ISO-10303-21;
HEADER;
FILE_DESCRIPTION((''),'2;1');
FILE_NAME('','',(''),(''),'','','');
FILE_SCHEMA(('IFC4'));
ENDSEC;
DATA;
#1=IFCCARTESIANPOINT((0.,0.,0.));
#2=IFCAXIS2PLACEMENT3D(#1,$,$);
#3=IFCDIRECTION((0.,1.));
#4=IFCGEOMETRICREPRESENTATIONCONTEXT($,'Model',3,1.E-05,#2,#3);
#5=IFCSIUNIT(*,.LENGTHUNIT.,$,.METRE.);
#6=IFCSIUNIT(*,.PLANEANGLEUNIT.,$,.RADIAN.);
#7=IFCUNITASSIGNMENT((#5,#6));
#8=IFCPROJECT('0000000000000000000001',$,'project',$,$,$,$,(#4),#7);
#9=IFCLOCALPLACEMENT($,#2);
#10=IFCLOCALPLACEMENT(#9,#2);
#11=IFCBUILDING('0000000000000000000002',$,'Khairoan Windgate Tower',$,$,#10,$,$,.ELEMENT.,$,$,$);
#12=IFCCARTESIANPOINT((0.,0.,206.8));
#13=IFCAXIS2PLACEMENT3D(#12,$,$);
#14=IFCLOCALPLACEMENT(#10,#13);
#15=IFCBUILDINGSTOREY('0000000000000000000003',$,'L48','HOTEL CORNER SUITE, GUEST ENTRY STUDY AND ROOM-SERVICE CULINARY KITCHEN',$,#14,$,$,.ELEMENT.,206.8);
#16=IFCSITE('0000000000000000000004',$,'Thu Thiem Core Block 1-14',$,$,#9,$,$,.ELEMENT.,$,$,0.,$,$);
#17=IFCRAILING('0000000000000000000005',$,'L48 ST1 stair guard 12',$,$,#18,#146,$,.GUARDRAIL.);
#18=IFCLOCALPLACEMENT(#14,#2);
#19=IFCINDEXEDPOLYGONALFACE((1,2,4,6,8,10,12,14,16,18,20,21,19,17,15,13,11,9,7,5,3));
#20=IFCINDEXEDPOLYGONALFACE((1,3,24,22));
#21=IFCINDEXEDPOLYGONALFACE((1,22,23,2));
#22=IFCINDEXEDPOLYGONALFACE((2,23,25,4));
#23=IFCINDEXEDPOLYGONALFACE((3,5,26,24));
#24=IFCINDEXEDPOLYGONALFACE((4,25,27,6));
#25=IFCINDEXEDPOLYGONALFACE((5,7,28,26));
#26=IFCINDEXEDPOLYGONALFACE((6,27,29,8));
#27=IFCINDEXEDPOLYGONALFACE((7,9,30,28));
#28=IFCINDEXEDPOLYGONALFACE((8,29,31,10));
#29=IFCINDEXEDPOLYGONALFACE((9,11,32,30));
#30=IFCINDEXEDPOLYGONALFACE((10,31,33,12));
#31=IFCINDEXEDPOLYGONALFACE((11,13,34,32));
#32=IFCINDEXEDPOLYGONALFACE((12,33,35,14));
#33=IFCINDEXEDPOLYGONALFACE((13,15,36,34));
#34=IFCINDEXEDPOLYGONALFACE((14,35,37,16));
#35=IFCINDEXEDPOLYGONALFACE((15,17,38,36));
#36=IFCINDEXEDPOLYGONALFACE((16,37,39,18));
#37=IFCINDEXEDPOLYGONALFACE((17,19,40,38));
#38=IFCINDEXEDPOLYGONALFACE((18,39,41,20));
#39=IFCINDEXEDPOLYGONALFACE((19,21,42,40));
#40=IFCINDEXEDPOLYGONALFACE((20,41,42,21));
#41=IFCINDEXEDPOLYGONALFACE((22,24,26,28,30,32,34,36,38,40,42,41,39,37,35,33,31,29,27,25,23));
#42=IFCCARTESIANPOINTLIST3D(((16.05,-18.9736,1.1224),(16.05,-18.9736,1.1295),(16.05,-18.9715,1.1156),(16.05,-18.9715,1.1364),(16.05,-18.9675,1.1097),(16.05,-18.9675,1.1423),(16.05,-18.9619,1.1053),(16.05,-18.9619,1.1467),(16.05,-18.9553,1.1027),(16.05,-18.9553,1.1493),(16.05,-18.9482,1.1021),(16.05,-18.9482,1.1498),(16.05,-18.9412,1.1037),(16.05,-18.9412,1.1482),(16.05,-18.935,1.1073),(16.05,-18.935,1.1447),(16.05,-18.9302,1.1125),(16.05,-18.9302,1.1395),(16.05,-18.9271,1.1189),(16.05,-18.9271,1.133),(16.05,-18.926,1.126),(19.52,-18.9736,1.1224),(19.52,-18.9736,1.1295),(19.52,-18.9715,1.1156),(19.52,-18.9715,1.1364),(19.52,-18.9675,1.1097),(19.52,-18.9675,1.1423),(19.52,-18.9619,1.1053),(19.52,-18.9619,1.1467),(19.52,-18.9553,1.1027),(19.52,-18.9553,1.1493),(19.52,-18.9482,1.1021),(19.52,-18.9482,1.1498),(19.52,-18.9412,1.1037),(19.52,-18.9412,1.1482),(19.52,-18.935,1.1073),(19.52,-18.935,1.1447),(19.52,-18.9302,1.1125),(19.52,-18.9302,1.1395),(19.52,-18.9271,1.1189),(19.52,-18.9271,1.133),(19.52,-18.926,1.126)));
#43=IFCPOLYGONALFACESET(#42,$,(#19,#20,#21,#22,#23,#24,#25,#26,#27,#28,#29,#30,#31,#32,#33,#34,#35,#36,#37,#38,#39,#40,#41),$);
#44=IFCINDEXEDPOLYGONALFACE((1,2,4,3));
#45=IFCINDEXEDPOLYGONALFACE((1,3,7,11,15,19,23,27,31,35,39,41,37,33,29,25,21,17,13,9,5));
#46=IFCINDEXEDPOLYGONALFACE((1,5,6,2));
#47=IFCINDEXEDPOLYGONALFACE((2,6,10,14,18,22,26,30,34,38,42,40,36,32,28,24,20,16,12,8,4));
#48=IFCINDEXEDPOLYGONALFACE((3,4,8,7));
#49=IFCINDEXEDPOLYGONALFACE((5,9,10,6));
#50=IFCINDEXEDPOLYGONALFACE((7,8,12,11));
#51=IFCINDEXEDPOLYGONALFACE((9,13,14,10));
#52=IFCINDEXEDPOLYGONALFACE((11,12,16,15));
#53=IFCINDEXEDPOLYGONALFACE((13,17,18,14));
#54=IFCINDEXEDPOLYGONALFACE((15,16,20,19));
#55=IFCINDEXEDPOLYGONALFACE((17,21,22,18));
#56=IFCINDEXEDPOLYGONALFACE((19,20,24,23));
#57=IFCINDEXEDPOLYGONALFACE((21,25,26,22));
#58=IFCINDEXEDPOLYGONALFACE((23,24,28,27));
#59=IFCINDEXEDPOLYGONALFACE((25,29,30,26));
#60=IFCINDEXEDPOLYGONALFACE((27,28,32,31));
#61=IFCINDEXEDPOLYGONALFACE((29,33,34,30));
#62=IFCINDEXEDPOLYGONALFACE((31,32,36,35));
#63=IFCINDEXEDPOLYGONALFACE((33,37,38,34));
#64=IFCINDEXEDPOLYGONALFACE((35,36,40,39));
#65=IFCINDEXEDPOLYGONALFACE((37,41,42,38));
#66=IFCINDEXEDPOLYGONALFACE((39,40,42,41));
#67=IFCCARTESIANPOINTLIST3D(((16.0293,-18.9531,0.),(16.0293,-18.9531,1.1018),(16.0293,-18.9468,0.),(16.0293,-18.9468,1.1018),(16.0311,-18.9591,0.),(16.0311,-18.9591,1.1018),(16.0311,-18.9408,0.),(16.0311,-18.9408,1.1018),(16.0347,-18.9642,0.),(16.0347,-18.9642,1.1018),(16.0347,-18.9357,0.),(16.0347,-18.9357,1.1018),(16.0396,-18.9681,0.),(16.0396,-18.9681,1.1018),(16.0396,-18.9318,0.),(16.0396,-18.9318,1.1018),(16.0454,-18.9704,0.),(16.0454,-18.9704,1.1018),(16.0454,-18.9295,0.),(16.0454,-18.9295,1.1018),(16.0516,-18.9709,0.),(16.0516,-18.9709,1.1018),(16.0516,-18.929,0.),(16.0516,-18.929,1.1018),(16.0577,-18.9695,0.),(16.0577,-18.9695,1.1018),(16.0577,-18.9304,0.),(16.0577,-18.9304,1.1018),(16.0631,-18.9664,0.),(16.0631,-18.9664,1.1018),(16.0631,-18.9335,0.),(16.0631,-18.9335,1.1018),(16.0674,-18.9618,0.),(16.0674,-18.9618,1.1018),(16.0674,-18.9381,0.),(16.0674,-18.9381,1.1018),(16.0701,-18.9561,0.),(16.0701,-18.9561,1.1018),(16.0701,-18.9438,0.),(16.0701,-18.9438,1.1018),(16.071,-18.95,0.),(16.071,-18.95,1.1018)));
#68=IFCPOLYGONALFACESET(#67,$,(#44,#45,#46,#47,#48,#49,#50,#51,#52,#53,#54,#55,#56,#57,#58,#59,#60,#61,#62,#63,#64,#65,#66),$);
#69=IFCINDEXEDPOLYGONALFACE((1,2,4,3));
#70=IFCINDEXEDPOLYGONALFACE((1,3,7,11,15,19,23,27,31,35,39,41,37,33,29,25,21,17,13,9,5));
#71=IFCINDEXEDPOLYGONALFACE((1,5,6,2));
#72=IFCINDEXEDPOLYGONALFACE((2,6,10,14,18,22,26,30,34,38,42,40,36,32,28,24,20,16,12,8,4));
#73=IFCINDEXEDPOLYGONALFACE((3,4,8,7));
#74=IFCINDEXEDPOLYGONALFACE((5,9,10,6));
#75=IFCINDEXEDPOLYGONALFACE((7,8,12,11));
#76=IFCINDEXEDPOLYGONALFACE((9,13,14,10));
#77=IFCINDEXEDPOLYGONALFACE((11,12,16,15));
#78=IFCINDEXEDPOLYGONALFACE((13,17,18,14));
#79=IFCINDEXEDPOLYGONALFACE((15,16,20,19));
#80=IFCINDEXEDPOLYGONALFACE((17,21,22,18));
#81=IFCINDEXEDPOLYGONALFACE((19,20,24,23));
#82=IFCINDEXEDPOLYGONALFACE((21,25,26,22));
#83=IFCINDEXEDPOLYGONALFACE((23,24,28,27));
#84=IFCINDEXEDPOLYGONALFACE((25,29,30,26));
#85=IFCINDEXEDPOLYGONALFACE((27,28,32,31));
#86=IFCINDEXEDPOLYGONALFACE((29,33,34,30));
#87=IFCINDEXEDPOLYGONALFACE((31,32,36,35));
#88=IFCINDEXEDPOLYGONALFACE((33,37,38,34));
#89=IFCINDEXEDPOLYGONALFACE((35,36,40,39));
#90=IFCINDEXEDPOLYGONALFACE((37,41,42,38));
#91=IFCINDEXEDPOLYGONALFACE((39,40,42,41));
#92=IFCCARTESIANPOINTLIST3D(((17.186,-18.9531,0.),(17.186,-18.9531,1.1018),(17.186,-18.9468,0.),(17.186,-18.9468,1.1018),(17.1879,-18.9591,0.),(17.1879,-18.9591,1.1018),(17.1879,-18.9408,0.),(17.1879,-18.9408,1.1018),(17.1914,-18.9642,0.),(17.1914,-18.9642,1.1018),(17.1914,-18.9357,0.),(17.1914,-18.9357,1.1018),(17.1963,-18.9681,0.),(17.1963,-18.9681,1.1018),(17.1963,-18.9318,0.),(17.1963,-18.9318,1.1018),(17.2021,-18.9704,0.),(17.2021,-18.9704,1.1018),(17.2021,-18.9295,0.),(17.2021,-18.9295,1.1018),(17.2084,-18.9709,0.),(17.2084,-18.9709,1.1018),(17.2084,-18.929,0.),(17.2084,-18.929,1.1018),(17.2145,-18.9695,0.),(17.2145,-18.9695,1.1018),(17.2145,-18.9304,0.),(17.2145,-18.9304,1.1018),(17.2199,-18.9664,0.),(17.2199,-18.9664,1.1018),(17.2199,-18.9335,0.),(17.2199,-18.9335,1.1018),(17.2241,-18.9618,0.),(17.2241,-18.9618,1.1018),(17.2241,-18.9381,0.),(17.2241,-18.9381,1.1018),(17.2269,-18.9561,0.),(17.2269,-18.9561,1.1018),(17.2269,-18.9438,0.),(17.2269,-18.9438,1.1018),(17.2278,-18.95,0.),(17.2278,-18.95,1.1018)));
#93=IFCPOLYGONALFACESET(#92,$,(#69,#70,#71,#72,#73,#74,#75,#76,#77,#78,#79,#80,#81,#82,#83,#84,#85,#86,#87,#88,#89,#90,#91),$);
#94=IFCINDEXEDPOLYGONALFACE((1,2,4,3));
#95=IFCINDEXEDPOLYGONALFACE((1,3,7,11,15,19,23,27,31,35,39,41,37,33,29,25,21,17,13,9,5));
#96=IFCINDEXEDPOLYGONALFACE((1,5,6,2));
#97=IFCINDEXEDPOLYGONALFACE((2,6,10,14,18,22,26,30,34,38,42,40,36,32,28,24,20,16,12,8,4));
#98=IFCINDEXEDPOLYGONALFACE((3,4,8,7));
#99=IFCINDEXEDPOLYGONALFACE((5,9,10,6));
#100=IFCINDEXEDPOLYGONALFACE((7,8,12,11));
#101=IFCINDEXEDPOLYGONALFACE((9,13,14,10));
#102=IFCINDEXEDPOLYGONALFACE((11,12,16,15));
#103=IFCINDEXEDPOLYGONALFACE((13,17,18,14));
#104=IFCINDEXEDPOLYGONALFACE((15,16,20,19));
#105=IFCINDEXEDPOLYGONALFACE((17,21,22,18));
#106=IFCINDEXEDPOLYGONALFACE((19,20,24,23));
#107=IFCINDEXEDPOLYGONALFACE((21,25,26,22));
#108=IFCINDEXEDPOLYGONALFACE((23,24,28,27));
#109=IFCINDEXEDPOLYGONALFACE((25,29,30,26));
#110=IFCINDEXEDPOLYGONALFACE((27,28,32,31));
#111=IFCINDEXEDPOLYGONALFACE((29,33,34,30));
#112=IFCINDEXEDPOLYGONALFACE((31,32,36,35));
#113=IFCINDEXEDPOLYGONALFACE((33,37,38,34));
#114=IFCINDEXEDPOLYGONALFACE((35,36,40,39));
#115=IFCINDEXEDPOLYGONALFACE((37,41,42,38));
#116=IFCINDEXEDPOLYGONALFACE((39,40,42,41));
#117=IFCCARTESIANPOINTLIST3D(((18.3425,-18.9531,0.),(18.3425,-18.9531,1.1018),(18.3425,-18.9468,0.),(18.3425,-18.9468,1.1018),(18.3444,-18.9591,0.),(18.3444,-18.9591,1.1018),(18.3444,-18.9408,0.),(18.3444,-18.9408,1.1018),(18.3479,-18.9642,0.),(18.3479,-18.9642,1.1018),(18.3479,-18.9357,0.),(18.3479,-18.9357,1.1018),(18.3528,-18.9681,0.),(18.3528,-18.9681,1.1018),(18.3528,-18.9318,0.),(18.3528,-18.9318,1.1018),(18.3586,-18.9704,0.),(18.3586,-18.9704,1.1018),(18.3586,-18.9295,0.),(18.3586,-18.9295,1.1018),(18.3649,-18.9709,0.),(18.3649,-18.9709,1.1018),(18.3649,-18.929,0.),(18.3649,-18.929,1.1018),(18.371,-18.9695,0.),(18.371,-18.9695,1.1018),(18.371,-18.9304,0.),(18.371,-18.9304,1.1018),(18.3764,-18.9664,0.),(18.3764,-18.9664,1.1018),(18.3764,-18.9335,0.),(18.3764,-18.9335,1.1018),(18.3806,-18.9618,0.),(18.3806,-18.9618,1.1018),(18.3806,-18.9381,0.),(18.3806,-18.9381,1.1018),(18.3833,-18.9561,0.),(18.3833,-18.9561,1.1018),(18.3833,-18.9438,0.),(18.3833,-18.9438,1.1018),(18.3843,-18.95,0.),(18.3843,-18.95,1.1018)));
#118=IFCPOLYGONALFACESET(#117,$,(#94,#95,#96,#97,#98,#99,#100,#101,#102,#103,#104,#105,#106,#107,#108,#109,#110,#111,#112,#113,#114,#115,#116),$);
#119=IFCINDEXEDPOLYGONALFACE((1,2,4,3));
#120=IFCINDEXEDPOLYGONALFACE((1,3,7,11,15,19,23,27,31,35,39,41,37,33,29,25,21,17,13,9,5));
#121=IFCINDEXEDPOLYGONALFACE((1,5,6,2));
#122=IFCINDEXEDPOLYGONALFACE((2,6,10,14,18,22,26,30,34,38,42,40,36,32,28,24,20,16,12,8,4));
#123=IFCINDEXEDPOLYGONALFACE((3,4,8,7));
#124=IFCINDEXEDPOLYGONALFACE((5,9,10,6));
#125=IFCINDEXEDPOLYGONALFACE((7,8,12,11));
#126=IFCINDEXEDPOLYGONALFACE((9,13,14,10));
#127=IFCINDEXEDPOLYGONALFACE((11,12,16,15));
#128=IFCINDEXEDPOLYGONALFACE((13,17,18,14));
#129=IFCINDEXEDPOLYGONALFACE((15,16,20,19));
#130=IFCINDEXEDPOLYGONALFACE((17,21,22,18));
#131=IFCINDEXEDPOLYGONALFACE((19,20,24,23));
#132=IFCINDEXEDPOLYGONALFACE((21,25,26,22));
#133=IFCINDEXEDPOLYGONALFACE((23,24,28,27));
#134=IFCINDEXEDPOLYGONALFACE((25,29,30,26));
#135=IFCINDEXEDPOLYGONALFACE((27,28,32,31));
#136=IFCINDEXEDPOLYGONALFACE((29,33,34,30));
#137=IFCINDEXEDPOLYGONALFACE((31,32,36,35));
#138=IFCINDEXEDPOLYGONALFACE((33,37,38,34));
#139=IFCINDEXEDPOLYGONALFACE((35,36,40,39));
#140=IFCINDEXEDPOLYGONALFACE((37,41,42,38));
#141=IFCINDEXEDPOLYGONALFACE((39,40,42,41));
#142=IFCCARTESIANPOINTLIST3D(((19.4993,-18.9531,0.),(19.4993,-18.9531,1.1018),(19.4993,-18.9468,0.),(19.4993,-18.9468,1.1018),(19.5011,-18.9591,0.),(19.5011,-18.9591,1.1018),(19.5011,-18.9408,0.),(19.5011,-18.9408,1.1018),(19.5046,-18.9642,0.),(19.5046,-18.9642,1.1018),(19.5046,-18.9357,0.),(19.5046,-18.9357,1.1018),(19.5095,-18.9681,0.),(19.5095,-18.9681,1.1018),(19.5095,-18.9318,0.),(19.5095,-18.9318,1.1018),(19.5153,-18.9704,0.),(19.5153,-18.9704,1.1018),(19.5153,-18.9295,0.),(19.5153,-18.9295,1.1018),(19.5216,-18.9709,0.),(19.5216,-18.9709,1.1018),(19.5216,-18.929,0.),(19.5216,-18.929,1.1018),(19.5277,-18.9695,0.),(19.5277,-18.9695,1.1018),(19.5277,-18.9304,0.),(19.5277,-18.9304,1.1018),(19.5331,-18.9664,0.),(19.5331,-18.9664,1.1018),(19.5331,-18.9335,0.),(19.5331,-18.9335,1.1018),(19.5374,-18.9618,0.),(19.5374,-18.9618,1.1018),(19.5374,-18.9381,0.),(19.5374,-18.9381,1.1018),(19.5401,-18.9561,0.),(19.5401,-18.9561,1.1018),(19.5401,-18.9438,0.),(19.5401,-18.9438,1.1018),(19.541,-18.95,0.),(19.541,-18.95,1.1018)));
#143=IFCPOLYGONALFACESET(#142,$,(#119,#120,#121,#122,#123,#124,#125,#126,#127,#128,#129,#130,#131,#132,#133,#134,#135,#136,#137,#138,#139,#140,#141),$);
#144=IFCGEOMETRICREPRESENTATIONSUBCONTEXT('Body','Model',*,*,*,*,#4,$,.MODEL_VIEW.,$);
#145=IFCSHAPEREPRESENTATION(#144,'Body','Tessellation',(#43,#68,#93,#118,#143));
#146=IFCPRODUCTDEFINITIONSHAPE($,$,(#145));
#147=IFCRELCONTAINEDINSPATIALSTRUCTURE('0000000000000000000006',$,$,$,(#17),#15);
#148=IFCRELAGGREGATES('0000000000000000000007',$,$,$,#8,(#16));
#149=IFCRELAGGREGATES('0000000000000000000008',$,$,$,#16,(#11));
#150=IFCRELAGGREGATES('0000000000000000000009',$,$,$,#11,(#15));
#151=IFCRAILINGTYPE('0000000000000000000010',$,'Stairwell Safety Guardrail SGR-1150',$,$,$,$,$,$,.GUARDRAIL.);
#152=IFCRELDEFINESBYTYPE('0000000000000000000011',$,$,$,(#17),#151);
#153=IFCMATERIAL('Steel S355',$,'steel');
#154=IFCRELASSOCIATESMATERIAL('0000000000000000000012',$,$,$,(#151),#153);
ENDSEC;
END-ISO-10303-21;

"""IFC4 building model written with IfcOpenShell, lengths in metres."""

from ifc_helpers import new_model, si_unit, direction, frame, origin, origin_2d, place, context, subcontext, project, spatial, circle, extrude, material, type_object, element, save


model = new_model("IFC4")

# Units and contexts
model_context = context("Model", 3, precision=1e-05, world=origin(), true_north=direction((0.0, 1.0)))
body_context = subcontext(model_context, "Body", "Model", "MODEL_VIEW")
ifc_project = project(units=[si_unit("LENGTHUNIT", "METRE"), si_unit("PLANEANGLEUNIT", "RADIAN")], contexts=[model_context])

# Site, building, storey
site_placement = place(None, origin())
site = spatial("IfcSite", under=ifc_project, at=site_placement, Name="Thu Thiem Core Block 1-14", CompositionType="ELEMENT", RefElevation=0.0)
building_placement = place(site_placement, origin())
building = spatial("IfcBuilding", under=site, at=building_placement, Name="Khairoan Windgate Tower", CompositionType="ELEMENT")
storey_placement = place(building_placement, frame((0.0, 0.0, 206.8)))
storey = spatial("IfcBuildingStorey", under=building, at=storey_placement, Name="L48", Description="HOTEL CORNER SUITE, GUEST ENTRY STUDY AND ROOM-SERVICE CULINARY KITCHEN", CompositionType="ELEMENT", Elevation=206.8)

# Railing
ifc_material_1 = material(Name="Steel S355", Category="steel")
railing_type = type_object("IfcRailingType", Name="Stairwell Safety Guardrail SGR-1150", PredefinedType="GUARDRAIL", material=ifc_material_1)
railing_1_placement = place(storey_placement, frame((16.05, -18.95, 0.0)))
element("IfcRailing", 1, at=railing_1_placement, inside=storey, type_object=railing_type, Name="L48 ST1 stair guard 12", PredefinedType="GUARDRAIL", context=body_context, shape_type="SweptSolid", body=[
    extrude(circle(Radius=0.0239, at=origin_2d()), frame((0.0, 0.0, 1.126), z_axis=(1.0, 0.0, 0.0), x_axis=(0.0, 1.0, 0.0)), (0.0, 0.0, 1.0), 3.47),
    extrude(circle(Radius=0.021, at=origin_2d()), origin(), (0.0, 0.0, 1.0), 1.1018),
    extrude(circle(Radius=0.021, at=origin_2d()), frame((1.1567, 0.0, 0.0)), (0.0, 0.0, 1.0), 1.1018),
    extrude(circle(Radius=0.021, at=origin_2d()), frame((2.3132, 0.0, 0.0)), (0.0, 0.0, 1.0), 1.1018),
    extrude(circle(Radius=0.021, at=origin_2d()), frame((3.47, 0.0, 0.0)), (0.0, 0.0, 1.0), 1.1018),
])

save(model, "model.ifc")
